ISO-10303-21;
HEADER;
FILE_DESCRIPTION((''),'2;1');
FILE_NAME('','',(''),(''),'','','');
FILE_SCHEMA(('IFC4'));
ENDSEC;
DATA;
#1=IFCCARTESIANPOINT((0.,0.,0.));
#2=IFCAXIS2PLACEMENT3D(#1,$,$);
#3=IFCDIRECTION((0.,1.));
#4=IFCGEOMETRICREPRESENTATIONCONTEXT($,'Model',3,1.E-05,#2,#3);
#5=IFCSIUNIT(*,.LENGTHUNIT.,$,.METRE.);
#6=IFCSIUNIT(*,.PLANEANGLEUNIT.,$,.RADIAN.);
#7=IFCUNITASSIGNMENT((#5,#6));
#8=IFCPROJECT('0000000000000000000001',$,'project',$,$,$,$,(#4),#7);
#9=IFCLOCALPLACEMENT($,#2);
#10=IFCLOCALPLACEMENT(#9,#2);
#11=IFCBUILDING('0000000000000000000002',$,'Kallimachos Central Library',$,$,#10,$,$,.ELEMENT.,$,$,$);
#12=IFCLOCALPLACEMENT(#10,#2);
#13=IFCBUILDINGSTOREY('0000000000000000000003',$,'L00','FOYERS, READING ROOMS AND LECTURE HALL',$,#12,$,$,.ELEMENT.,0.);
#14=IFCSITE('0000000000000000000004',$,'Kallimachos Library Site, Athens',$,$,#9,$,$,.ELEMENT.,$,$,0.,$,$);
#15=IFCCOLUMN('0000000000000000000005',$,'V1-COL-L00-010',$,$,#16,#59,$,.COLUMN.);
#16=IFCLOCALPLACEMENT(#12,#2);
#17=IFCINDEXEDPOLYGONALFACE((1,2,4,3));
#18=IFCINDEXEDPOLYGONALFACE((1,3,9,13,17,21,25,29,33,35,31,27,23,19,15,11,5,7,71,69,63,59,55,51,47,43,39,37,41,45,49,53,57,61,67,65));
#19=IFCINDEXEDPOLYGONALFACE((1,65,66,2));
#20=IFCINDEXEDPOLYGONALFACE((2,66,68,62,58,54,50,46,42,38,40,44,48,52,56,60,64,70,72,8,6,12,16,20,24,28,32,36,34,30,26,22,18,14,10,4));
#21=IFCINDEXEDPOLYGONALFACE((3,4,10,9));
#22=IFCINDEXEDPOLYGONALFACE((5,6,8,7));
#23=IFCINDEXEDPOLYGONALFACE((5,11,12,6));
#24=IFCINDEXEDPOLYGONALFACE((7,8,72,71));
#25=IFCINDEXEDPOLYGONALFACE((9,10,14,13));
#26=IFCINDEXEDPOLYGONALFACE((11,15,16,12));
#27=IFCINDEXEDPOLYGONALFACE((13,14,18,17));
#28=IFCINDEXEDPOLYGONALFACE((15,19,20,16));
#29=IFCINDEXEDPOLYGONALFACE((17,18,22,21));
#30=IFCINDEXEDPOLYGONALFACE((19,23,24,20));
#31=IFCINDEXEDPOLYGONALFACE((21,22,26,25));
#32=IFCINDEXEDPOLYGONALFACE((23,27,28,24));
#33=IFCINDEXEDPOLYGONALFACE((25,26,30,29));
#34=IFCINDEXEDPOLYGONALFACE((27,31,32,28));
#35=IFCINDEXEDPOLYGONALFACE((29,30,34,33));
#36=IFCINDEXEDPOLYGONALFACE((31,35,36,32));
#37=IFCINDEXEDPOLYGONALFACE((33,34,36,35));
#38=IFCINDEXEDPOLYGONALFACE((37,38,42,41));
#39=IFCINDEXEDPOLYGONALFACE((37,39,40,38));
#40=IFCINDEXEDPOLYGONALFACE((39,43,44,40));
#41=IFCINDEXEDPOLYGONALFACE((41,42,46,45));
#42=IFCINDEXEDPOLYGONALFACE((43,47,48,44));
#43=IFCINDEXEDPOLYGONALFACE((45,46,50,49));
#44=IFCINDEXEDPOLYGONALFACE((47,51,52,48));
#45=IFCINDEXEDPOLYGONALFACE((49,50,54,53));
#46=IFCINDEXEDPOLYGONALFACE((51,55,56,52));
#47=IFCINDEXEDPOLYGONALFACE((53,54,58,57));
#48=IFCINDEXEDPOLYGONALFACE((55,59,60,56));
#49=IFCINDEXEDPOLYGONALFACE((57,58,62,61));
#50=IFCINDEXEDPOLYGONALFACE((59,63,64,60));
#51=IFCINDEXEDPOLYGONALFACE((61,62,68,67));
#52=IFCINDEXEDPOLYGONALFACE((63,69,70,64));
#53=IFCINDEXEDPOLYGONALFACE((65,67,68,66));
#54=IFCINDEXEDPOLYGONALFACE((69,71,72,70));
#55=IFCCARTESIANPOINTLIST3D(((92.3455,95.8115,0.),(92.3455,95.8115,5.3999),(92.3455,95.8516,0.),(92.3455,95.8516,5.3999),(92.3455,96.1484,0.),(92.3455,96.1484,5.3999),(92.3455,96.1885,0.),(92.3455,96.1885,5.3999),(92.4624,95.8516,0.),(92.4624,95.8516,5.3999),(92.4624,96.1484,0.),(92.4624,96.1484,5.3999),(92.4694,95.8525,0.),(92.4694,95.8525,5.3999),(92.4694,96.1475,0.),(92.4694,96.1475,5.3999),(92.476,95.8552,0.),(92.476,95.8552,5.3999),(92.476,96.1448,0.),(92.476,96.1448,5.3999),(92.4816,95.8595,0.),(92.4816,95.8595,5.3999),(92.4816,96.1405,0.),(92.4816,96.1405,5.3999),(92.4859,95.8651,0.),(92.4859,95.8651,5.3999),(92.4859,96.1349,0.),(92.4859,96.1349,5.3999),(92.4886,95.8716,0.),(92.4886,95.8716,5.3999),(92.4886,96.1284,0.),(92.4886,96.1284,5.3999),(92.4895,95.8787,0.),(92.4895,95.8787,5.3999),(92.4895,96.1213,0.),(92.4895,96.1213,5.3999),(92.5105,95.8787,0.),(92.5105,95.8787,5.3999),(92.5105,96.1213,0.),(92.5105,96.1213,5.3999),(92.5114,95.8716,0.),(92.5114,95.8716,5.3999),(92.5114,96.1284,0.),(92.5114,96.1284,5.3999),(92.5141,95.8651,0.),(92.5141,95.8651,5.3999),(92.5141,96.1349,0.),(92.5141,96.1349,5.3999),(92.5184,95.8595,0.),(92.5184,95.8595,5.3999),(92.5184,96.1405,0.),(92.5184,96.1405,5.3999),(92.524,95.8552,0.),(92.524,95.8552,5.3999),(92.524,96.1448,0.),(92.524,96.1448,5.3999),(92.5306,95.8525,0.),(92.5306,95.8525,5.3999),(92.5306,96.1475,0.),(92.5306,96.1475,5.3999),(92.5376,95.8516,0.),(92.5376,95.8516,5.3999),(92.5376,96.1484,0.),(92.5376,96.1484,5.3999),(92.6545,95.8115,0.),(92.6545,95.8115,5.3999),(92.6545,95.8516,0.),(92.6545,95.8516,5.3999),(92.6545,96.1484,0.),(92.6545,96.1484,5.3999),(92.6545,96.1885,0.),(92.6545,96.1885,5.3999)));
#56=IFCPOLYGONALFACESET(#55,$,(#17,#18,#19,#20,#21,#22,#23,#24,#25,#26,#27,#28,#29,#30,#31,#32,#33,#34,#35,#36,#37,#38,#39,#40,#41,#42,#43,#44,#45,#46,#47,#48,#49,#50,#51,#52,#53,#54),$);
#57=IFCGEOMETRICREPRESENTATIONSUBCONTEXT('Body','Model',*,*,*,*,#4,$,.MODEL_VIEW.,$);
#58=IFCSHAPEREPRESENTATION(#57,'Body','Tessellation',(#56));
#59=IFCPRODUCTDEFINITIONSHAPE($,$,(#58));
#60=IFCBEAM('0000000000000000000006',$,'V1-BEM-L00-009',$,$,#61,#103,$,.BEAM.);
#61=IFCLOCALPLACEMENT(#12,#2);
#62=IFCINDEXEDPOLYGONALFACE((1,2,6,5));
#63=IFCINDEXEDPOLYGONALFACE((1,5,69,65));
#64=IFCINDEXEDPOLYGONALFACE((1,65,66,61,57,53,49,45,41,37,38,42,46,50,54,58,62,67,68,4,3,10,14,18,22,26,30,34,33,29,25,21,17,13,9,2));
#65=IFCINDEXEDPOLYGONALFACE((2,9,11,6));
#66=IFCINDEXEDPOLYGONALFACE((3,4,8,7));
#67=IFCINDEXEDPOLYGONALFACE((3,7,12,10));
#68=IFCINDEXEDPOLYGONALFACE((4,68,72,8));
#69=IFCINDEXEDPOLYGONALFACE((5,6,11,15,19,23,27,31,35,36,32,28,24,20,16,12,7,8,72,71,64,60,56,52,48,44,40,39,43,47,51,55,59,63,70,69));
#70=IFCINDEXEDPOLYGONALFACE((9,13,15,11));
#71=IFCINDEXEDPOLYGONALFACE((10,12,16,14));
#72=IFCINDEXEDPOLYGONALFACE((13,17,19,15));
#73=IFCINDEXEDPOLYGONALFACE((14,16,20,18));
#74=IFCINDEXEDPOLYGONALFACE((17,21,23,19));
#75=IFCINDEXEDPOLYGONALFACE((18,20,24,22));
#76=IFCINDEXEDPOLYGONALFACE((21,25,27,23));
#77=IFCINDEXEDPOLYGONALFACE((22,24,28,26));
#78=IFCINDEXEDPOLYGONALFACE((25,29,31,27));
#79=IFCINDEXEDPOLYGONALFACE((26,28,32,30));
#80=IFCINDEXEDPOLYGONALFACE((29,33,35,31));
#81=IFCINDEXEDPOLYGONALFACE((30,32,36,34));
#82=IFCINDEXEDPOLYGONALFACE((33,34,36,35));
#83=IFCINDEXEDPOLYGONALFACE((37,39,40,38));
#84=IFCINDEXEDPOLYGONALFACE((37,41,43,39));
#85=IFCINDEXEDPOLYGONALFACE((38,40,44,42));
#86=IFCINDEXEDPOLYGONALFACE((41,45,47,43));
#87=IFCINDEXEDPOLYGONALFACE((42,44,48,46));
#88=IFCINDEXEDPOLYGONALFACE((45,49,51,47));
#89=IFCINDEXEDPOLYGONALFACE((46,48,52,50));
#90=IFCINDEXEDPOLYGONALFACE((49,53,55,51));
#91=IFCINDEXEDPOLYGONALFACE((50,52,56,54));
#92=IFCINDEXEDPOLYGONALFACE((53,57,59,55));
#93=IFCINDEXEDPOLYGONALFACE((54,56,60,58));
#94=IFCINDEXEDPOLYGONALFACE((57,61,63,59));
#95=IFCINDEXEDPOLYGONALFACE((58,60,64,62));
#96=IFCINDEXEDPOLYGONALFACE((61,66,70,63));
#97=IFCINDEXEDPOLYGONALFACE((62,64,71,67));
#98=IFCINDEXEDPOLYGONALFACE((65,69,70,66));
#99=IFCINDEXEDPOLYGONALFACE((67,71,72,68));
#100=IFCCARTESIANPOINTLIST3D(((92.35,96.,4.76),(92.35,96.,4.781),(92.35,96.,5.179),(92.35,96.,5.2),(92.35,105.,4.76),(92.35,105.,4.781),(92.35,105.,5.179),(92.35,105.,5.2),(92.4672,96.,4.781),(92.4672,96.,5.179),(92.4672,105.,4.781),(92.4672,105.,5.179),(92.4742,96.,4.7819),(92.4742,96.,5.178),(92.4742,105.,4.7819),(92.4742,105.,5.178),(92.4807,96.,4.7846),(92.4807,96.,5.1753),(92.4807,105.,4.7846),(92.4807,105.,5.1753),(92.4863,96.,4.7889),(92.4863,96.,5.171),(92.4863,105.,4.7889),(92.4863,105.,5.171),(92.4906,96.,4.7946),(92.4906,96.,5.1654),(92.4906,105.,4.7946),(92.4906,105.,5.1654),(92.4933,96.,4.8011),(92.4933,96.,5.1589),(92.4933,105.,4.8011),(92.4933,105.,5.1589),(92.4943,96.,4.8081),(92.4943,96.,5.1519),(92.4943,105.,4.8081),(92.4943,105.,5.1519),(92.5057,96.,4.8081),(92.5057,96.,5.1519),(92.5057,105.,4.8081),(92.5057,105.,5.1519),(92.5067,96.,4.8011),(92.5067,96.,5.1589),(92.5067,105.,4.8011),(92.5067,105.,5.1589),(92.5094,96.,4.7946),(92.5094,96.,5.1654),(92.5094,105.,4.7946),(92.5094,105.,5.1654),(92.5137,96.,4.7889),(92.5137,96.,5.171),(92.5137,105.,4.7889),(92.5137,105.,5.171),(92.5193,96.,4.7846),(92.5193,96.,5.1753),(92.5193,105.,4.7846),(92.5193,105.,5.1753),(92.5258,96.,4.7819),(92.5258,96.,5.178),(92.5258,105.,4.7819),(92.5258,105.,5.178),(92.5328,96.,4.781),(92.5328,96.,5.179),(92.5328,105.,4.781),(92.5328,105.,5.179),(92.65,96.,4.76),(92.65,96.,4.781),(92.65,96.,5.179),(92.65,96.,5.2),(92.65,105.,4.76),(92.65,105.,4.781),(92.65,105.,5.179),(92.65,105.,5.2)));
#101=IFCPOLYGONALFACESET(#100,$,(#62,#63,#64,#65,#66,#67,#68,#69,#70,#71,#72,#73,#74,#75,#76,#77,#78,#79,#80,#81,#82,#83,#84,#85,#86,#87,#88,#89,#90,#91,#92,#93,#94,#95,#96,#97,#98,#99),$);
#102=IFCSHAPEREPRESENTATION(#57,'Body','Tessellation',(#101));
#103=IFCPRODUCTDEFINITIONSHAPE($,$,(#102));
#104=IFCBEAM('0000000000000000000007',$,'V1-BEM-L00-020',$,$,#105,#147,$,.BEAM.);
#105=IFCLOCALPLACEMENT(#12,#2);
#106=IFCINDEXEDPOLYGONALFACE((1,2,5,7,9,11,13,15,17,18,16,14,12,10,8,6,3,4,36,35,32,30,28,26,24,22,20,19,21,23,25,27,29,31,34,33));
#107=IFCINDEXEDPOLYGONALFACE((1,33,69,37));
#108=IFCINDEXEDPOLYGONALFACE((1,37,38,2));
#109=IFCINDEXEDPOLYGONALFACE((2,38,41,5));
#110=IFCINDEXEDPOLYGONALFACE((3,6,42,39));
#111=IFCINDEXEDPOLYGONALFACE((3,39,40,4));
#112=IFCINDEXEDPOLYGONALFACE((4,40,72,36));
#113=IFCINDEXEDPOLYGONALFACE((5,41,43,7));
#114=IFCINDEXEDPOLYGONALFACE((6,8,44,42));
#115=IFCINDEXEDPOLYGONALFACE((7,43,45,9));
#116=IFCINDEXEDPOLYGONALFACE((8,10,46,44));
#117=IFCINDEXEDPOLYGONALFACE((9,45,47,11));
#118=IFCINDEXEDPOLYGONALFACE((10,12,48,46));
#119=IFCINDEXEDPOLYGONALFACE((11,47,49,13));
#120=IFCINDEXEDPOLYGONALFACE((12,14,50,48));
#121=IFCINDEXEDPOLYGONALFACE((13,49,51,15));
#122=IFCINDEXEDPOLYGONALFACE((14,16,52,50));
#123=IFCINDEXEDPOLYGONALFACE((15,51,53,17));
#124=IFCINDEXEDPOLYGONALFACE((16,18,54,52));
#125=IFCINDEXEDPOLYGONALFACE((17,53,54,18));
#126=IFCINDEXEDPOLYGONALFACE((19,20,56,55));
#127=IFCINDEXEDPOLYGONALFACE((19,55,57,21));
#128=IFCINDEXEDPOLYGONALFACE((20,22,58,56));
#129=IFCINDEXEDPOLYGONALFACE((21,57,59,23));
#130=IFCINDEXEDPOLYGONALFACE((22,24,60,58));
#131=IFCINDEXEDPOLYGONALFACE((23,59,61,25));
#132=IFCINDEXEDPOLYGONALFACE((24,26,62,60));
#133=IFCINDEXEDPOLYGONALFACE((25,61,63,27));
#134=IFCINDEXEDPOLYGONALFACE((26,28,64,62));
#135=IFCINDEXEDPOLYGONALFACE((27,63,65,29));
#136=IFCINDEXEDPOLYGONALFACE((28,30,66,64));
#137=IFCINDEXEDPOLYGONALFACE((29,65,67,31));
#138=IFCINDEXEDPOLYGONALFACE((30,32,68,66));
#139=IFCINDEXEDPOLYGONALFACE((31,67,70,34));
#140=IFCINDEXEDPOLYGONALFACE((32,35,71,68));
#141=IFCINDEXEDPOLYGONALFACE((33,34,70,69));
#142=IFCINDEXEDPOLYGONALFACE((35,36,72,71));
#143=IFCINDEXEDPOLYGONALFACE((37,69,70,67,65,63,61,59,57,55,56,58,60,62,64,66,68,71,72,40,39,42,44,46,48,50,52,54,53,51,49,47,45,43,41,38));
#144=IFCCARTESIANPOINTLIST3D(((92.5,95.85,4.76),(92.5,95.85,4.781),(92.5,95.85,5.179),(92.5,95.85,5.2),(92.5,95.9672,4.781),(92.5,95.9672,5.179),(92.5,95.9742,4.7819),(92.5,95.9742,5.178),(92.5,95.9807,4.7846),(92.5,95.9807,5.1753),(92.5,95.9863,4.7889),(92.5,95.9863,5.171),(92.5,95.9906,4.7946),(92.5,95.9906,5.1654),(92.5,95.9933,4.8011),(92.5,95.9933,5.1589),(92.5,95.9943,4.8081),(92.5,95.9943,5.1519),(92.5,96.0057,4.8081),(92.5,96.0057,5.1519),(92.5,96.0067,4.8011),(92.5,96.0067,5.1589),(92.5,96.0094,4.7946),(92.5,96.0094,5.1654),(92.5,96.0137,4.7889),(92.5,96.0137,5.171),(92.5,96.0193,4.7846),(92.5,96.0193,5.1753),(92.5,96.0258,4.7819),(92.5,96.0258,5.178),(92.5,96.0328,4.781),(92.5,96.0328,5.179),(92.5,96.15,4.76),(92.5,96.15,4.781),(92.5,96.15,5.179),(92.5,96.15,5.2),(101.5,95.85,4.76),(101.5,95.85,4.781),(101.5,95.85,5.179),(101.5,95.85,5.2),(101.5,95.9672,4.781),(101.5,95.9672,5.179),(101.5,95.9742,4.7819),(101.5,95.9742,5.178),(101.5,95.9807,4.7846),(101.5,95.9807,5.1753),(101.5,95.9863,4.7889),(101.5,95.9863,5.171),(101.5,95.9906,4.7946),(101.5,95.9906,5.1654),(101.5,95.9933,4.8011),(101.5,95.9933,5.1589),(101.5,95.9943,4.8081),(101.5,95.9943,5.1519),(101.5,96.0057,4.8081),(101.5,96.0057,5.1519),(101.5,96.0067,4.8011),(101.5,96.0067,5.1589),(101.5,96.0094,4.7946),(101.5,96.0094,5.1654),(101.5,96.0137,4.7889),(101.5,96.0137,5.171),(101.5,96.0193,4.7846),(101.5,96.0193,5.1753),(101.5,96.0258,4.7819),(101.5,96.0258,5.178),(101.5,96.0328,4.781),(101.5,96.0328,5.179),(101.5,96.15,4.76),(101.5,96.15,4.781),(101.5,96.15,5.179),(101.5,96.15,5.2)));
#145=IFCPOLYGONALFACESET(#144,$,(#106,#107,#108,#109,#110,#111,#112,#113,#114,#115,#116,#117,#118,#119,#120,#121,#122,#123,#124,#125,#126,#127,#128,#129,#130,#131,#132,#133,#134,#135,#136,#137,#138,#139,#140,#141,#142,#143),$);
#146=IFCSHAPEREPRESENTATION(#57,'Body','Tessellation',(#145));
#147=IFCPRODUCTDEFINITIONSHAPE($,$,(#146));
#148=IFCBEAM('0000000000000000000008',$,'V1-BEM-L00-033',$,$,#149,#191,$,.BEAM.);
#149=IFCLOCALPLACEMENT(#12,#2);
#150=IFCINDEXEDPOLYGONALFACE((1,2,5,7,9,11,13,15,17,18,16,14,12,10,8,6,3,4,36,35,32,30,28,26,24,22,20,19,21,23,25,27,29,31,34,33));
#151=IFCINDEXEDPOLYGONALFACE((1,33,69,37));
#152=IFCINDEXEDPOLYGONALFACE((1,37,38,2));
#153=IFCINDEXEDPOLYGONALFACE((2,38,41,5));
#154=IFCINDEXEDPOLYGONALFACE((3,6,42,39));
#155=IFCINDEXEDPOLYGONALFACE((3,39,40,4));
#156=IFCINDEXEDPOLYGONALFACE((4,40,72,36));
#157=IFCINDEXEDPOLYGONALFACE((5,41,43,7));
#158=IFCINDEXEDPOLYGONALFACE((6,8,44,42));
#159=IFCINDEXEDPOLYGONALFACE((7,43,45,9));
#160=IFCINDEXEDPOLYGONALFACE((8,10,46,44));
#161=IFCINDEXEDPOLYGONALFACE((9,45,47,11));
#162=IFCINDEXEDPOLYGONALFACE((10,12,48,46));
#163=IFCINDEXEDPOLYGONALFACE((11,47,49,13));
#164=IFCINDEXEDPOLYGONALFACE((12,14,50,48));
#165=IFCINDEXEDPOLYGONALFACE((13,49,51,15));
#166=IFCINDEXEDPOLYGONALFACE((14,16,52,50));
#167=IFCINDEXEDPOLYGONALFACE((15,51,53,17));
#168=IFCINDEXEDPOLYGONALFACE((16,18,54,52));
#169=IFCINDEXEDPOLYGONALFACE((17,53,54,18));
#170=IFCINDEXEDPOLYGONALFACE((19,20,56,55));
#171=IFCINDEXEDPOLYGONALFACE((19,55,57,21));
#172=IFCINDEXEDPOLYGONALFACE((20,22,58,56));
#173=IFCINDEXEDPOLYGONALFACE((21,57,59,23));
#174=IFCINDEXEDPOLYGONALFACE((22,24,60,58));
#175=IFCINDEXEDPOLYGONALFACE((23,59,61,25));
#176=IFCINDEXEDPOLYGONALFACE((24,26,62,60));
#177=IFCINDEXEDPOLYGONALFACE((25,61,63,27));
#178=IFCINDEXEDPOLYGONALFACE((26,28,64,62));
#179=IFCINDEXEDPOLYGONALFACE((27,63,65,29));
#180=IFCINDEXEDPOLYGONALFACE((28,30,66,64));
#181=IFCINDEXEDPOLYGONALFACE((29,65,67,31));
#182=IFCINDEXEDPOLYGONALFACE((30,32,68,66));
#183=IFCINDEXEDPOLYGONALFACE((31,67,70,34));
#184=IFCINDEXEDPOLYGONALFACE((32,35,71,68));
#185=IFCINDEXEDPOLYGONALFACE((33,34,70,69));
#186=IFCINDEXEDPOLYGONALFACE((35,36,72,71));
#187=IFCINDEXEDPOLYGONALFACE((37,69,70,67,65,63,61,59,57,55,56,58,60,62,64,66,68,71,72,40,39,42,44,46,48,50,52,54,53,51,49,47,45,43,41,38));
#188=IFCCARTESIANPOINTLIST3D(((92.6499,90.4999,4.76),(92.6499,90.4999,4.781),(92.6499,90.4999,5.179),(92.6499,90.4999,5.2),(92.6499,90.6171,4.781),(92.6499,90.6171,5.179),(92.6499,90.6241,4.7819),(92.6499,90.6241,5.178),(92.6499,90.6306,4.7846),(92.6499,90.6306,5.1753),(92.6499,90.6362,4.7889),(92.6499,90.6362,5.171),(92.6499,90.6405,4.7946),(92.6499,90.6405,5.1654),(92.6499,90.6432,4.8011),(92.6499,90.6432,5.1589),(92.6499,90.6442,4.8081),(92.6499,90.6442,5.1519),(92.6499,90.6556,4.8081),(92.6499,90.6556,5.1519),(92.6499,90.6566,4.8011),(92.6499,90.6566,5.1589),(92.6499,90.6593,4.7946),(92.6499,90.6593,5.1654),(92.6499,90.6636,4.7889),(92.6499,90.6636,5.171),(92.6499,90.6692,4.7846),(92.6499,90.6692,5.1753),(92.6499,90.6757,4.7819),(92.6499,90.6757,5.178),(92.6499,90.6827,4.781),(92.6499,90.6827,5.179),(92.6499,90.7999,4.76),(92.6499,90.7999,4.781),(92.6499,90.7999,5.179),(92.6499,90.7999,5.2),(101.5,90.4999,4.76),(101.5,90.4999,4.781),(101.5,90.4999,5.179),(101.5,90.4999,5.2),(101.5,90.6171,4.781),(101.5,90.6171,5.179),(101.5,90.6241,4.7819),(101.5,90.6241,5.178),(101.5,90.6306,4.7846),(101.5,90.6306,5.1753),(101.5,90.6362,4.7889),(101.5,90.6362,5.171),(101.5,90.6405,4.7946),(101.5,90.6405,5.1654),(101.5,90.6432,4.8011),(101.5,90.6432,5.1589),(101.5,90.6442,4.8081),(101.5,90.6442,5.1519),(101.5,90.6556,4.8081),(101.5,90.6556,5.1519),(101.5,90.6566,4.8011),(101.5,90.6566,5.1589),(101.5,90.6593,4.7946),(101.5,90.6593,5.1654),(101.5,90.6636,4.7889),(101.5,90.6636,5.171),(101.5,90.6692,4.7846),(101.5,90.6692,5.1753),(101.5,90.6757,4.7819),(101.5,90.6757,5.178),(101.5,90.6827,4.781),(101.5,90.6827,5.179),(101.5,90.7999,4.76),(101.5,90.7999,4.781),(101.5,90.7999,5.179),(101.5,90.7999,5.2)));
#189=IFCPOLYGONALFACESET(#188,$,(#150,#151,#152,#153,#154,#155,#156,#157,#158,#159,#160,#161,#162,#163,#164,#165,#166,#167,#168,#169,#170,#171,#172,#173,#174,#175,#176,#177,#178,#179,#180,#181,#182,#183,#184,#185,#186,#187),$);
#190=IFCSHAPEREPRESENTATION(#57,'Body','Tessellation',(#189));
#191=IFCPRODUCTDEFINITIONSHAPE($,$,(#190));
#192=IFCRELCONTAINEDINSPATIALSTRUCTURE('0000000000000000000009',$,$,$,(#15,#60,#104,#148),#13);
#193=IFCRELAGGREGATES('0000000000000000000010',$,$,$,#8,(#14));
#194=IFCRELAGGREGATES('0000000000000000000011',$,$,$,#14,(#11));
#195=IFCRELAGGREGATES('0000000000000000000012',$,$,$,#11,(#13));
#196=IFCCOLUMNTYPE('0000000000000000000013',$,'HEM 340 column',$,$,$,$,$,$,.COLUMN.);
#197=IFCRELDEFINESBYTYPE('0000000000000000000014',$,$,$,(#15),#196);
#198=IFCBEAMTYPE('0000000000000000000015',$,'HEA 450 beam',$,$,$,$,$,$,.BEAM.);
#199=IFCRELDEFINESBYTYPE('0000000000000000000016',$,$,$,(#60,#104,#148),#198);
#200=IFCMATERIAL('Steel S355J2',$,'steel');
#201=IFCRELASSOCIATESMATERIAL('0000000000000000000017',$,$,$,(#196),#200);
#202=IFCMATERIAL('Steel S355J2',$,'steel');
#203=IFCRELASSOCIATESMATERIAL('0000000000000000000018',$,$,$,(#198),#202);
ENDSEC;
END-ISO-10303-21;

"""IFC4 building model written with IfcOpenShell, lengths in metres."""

from ifc_helpers import new_model, si_unit, direction, frame, origin, origin_2d, place, context, subcontext, project, spatial, i_section, extrude, material, material_profile, profile_set, type_object, element, save


model = new_model("IFC4")

# Units and contexts
model_context = context("Model", 3, precision=1e-05, world=origin(), true_north=direction((0.0, 1.0)))
body_context = subcontext(model_context, "Body", "Model", "MODEL_VIEW")
ifc_project = project(units=[si_unit("LENGTHUNIT", "METRE"), si_unit("PLANEANGLEUNIT", "RADIAN")], contexts=[model_context])

# Site, building, storey
site_placement = place(None, origin())
site = spatial("IfcSite", under=ifc_project, at=site_placement, Name="Kallimachos Library Site, Athens", CompositionType="ELEMENT", RefElevation=0.0)
building_placement = place(site_placement, origin())
building = spatial("IfcBuilding", under=site, at=building_placement, Name="Kallimachos Central Library", CompositionType="ELEMENT")
storey_placement = place(building_placement, origin())
storey = spatial("IfcBuildingStorey", under=building, at=storey_placement, Name="L00", Description="FOYERS, READING ROOMS AND LECTURE HALL", CompositionType="ELEMENT", Elevation=0.0)

# Column
ifc_material_1 = material(Name="Steel S355J2", Category="steel")
ifc_material_profile_1 = material_profile(ifc_material_1, i_section(OverallWidth=0.3091, OverallDepth=0.377, WebThickness=0.021, FlangeThickness=0.04, FilletRadius=0.0271, at=origin_2d()), Name="HEM 340")
ifc_profile_set_1 = profile_set([ifc_material_profile_1], Name="Steel S355J2")
column_type = type_object("IfcColumnType", Name="HEM 340 column", PredefinedType="COLUMN", material=ifc_profile_set_1)
column_placement = place(storey_placement, frame((92.5, 96.0, 0.0), z_axis=(0.0, 0.0, 1.0), x_axis=(1.0, 0.0, 0.0)))
element("IfcColumn", 1, at=column_placement, inside=storey, type_object=column_type, Name="V1-COL-L00-010", PredefinedType="COLUMN", context=body_context, shape_type="SweptSolid", body=[
    extrude(i_section(OverallWidth=0.3091, OverallDepth=0.377, WebThickness=0.021, FlangeThickness=0.04, FilletRadius=0.0271, at=origin_2d()), origin(), (0.0, 0.0, 1.0), 5.3999),
])

# Beams
ifc_material_2 = material(Name="Steel S355J2", Category="steel")
ifc_material_profile_2 = material_profile(ifc_material_2, i_section(OverallWidth=0.3, OverallDepth=0.4399, WebThickness=0.0115, FlangeThickness=0.021, FilletRadius=0.0271, at=origin_2d()), Name="HEA 450")
ifc_profile_set_2 = profile_set([ifc_material_profile_2], Name="Steel S355J2")
beam_type_1 = type_object("IfcBeamType", Name="HEA 450 beam", PredefinedType="BEAM", material=ifc_profile_set_2)
for number, where, z_axis, x_axis, name in (
    (2, (92.5, 96.0, 4.98), (0.0, 1.0, 0.0), (-1.0, 0.0, 0.0), "V1-BEM-L00-009"),
    (3, (92.5, 96.0, 4.98), (1.0, 0.0, 0.0), (0.0, 1.0, 0.0), "V1-BEM-L00-020"),
):
    element("IfcBeam", number, at=place(storey_placement, frame(where, z_axis=z_axis, x_axis=x_axis)), inside=storey, type_object=beam_type_1, Name=name, PredefinedType="BEAM", context=body_context, shape_type="SweptSolid", body=[
        extrude(i_section(OverallWidth=0.3, OverallDepth=0.4399, WebThickness=0.0115, FlangeThickness=0.021, FilletRadius=0.0271, at=origin_2d()), origin(), (0.0, 0.0, 1.0), 9.0),
    ])
beam_placement = place(storey_placement, frame((92.6499, 90.6499, 4.98), z_axis=(1.0, 0.0, 0.0), x_axis=(0.0, 1.0, 0.0)))
element("IfcBeam", 4, at=beam_placement, inside=storey, type_object=beam_type_1, Name="V1-BEM-L00-033", PredefinedType="BEAM", context=body_context, shape_type="SweptSolid", body=[
    extrude(i_section(OverallWidth=0.3, OverallDepth=0.4399, WebThickness=0.0115, FlangeThickness=0.021, FilletRadius=0.0271, at=origin_2d()), origin(), (0.0, 0.0, 1.0), 8.8501),
])

save(model, "model.ifc")
